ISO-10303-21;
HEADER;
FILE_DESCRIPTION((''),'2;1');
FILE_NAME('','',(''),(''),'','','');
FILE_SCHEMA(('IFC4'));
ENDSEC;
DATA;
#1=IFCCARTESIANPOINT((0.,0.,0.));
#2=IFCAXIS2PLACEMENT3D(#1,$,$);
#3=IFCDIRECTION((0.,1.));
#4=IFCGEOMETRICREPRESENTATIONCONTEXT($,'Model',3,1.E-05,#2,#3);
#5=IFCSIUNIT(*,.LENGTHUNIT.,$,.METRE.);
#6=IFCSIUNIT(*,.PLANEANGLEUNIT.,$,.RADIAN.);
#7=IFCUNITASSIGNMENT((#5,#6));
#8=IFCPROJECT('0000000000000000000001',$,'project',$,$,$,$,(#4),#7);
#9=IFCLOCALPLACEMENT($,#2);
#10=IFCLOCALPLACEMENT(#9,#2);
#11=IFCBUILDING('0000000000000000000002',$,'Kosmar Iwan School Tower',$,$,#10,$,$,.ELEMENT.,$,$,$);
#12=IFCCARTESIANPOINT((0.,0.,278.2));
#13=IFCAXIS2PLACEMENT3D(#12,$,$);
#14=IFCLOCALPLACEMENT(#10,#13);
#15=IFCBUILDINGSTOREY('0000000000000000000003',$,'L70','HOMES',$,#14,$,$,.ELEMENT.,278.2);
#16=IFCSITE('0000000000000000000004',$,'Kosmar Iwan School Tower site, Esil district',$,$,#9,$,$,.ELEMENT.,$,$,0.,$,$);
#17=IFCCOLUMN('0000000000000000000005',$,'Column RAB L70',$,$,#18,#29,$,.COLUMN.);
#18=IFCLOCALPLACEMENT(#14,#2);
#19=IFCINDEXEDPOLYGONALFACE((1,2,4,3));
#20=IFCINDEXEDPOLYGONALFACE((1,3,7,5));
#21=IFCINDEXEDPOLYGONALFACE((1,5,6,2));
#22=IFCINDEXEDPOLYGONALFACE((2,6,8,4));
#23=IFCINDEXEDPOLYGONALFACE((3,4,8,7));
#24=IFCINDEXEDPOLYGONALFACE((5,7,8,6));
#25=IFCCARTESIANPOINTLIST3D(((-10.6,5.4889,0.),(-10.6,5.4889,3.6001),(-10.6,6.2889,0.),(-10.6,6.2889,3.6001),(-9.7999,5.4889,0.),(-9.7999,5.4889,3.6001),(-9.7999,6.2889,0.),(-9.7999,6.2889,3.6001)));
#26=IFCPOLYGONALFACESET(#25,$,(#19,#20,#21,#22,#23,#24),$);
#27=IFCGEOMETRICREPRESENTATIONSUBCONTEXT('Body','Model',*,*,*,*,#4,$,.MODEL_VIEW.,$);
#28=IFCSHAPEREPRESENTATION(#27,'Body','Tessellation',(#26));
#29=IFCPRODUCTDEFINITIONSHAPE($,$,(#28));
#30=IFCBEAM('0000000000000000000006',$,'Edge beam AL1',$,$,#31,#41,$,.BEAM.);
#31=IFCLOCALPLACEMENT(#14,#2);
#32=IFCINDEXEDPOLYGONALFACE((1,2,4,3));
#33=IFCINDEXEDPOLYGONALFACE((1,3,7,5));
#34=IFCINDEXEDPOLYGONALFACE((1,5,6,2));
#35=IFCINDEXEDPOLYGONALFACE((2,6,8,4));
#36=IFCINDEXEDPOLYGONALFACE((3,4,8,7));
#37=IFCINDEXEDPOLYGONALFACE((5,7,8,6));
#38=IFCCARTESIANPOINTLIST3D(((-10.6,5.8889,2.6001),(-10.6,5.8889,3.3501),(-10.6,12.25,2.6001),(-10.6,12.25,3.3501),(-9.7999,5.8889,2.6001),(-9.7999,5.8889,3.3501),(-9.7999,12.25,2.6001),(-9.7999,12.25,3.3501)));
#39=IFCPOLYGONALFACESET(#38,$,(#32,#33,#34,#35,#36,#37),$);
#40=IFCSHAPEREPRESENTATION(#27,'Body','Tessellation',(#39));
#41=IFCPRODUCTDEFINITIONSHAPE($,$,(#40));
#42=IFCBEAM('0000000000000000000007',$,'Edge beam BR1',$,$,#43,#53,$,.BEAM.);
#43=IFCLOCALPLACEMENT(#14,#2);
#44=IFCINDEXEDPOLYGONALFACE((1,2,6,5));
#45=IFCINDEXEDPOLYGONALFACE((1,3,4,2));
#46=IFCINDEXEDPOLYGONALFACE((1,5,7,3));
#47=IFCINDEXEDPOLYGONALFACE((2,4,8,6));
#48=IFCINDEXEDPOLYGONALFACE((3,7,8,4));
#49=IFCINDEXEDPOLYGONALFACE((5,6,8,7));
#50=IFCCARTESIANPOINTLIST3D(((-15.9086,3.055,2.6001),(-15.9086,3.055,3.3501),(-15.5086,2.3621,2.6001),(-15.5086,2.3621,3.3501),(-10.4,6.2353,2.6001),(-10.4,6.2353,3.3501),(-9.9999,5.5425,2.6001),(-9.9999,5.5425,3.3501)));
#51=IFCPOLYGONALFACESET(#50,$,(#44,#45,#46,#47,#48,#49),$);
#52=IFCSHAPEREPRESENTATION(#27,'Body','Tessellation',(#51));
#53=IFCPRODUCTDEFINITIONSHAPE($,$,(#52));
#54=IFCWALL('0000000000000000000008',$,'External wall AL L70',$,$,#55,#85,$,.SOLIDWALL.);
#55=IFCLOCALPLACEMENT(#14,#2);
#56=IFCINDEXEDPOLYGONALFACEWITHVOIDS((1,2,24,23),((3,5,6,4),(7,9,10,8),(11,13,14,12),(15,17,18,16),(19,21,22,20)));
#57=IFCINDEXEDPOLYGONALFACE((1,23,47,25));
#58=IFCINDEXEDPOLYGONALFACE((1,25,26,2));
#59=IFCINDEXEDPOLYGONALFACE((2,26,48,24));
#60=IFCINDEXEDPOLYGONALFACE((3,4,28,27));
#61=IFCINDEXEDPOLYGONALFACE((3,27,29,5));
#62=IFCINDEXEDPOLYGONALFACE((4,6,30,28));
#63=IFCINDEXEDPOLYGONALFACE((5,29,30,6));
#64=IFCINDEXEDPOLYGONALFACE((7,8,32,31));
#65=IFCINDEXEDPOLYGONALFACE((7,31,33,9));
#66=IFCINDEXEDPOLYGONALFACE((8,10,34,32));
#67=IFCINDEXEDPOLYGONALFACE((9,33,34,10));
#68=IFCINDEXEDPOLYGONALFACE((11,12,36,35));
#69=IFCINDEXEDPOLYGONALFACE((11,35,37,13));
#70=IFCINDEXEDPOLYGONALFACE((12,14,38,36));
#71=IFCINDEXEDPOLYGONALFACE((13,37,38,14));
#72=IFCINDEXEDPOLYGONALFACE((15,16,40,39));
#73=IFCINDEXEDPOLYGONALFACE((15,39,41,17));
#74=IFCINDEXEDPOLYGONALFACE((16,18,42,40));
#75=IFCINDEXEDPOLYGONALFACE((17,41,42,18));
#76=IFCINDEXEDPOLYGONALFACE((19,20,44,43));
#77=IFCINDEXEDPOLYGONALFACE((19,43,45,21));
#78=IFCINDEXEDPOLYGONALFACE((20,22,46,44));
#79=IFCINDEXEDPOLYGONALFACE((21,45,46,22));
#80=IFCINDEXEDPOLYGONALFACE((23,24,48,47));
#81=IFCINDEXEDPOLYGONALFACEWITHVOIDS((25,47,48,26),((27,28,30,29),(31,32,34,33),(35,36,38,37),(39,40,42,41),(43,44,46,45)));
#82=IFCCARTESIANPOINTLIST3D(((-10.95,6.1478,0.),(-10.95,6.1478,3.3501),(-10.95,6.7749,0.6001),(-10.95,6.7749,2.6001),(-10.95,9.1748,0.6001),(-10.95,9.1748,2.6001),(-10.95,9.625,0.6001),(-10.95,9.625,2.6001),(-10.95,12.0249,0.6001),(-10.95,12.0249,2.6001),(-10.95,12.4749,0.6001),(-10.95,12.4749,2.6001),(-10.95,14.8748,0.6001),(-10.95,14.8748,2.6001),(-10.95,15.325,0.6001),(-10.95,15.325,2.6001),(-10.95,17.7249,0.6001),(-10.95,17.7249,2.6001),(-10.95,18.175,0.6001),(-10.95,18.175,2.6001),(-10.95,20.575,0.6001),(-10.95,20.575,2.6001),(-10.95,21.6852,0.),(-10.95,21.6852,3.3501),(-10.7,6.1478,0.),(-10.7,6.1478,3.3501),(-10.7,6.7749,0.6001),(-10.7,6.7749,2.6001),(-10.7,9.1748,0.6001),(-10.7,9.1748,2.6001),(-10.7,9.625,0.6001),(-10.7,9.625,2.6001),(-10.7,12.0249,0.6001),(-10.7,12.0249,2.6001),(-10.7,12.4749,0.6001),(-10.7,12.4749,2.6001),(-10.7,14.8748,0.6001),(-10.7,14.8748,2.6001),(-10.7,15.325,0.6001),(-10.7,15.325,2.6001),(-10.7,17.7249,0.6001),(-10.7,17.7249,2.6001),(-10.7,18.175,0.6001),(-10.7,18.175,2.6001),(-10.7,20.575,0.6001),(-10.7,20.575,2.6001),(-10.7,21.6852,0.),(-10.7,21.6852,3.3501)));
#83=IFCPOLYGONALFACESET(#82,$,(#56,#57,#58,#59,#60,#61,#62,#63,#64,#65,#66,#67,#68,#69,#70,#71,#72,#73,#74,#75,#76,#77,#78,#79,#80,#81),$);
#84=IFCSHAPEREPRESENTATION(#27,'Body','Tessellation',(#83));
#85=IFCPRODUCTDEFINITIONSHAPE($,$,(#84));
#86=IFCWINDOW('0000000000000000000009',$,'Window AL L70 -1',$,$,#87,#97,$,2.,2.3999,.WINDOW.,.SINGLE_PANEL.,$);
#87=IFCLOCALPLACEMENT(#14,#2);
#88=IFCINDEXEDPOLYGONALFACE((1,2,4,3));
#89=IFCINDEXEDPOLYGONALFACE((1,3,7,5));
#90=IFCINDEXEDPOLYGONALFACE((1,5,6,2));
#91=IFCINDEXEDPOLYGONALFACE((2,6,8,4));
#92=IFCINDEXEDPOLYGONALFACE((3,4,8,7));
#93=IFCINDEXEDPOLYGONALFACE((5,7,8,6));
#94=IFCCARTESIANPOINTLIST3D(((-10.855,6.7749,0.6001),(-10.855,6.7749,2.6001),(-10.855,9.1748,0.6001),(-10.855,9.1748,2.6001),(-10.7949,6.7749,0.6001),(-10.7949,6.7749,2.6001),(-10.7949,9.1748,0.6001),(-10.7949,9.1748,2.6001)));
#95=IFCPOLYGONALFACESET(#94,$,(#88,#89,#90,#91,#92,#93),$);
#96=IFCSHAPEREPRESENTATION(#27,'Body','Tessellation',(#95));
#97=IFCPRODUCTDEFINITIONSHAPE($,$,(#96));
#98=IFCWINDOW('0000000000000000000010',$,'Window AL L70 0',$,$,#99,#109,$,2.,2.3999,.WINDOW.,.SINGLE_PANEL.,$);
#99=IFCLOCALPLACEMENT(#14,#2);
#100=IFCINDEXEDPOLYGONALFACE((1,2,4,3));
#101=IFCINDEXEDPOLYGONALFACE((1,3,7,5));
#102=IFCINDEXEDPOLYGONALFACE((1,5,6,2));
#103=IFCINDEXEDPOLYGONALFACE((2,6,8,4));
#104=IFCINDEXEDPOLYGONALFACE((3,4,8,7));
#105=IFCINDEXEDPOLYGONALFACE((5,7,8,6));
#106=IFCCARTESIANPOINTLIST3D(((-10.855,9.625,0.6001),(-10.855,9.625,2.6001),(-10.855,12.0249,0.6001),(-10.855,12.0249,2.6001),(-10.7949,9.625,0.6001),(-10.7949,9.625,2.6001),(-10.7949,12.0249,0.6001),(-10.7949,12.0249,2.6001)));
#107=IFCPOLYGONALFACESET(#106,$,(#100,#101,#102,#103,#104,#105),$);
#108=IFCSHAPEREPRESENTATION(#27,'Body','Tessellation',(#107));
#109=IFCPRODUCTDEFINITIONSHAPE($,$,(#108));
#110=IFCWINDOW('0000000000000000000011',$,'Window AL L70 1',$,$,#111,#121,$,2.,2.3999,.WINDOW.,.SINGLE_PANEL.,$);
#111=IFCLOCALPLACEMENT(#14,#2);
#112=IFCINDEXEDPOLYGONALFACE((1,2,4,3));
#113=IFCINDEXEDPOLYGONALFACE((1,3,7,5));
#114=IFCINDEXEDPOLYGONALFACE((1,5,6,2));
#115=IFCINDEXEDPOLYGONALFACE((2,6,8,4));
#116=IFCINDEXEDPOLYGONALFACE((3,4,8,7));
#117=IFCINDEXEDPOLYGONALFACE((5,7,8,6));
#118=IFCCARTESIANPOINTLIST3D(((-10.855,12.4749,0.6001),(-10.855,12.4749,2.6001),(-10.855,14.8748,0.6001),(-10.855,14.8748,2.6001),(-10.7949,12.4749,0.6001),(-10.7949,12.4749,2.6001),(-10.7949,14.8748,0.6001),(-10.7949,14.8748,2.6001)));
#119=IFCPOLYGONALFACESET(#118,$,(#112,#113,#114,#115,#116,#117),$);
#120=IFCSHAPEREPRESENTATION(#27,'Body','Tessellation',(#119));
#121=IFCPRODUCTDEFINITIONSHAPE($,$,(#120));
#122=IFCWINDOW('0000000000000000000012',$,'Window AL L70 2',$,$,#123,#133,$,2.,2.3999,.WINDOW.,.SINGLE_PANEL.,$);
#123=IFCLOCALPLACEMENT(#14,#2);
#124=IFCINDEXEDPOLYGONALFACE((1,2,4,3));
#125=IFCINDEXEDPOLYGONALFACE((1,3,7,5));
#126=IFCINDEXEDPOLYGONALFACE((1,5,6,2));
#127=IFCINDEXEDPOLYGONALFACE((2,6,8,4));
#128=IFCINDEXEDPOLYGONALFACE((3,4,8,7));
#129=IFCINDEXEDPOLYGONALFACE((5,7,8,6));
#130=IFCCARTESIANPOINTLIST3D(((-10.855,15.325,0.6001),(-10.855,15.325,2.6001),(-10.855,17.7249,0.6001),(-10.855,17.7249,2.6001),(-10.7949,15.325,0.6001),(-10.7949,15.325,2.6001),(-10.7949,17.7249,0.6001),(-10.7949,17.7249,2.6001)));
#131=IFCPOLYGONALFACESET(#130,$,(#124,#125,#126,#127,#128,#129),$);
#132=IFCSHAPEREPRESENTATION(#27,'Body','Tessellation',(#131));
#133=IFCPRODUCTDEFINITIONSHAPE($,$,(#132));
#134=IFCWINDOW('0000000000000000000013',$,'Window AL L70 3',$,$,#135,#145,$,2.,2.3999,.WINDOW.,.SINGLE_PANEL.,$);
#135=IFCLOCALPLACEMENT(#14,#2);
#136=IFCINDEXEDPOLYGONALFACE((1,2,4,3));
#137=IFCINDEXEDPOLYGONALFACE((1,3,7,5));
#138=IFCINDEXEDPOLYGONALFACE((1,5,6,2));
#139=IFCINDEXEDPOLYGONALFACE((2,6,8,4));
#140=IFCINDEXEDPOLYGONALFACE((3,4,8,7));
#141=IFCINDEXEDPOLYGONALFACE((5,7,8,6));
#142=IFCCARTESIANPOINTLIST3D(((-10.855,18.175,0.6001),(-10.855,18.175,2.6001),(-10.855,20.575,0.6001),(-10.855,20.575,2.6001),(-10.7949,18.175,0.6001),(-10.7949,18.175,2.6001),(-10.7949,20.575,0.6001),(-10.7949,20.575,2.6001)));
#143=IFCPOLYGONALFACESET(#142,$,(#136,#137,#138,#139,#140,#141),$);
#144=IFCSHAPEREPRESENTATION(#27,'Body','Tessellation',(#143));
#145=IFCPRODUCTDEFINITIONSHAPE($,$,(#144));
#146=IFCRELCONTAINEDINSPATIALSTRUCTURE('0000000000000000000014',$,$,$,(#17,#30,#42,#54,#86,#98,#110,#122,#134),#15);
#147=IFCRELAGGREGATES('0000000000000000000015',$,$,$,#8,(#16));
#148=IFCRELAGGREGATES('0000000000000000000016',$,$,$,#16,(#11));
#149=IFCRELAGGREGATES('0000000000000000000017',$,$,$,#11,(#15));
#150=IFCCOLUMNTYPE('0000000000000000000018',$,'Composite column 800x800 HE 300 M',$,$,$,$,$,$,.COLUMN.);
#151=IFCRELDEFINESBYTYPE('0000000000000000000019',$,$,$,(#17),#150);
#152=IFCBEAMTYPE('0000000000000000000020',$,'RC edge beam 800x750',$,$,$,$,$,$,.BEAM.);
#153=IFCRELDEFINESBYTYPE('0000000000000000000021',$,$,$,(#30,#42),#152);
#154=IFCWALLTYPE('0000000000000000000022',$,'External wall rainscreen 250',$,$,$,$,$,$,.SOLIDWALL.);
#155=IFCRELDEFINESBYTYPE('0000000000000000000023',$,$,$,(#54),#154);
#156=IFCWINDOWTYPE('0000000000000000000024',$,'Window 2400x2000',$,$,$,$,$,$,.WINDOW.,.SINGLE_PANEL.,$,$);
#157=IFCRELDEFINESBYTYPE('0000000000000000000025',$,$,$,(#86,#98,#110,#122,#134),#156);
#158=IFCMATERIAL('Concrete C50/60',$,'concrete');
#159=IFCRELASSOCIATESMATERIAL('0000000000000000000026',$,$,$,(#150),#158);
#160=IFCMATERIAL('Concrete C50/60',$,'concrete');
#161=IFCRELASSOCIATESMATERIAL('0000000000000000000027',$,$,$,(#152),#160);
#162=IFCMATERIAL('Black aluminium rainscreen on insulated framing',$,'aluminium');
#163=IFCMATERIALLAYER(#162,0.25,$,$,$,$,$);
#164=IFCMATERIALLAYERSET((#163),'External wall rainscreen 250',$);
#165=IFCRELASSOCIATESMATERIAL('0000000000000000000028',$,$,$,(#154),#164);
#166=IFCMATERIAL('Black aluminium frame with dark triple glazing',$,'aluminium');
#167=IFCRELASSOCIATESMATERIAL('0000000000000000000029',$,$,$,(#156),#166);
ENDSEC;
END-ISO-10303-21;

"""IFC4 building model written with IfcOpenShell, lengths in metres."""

from ifc_helpers import new_model, si_unit, direction, frame, frame_2d, origin, origin_2d, place, context, subcontext, project, spatial, rectangle, extrude, material, layer, layer_set, material_profile, profile_set, type_object, element, fill, save


model = new_model("IFC4")

# Units and contexts
model_context = context("Model", 3, precision=1e-05, world=origin(), true_north=direction((0.0, 1.0)))
body_context = subcontext(model_context, "Body", "Model", "MODEL_VIEW")
ifc_project = project(units=[si_unit("LENGTHUNIT", "METRE"), si_unit("PLANEANGLEUNIT", "RADIAN")], contexts=[model_context])

# Site, building, storey
site_placement = place(None, origin())
site = spatial("IfcSite", under=ifc_project, at=site_placement, Name="Kosmar Iwan School Tower site, Esil district", CompositionType="ELEMENT", RefElevation=0.0)
building_placement = place(site_placement, origin())
building = spatial("IfcBuilding", under=site, at=building_placement, Name="Kosmar Iwan School Tower", CompositionType="ELEMENT")
storey_placement = place(building_placement, frame((0.0, 0.0, 278.2)))
storey = spatial("IfcBuildingStorey", under=building, at=storey_placement, Name="L70", Description="HOMES", CompositionType="ELEMENT", Elevation=278.2)

# Column
ifc_material_1 = material(Name="Concrete C50/60", Category="concrete")
ifc_material_profile_1 = material_profile(ifc_material_1, rectangle(XDim=0.8, YDim=0.8, at=origin_2d()), Name="RC 800x800 + HE 300 M")
ifc_profile_set_1 = profile_set([ifc_material_profile_1], Name="Concrete C50/60")
column_type = type_object("IfcColumnType", Name="Composite column 800x800 HE 300 M", PredefinedType="COLUMN", material=ifc_profile_set_1)
column_placement = place(storey_placement, frame((-10.2, 5.8889, 0.0), z_axis=(0.0, 0.0, 1.0), x_axis=(1.0, 0.0, 0.0)))
element("IfcColumn", 1, at=column_placement, inside=storey, type_object=column_type, Name="Column RAB L70", PredefinedType="COLUMN", context=body_context, shape_type="SweptSolid", body=[
    extrude(rectangle(XDim=0.8, YDim=0.8, at=origin_2d()), origin(), (0.0, 0.0, 1.0), 3.6001),
])

# Beams
ifc_material_2 = material(Name="Concrete C50/60", Category="concrete")
ifc_material_profile_2 = material_profile(ifc_material_2, rectangle(XDim=0.8, YDim=0.75, at=origin_2d()), Name="RC 800x750")
ifc_profile_set_2 = profile_set([ifc_material_profile_2], Name="Concrete C50/60")
beam_type = type_object("IfcBeamType", Name="RC edge beam 800x750", PredefinedType="BEAM", material=ifc_profile_set_2)
beam_1_placement = place(storey_placement, frame((-10.2, 5.8889, 2.9751), z_axis=(0.0, 1.0, 0.0), x_axis=(-1.0, 0.0, 0.0)))
element("IfcBeam", 2, at=beam_1_placement, inside=storey, type_object=beam_type, Name="Edge beam AL1", PredefinedType="BEAM", context=body_context, shape_type="SweptSolid", body=[
    extrude(rectangle(XDim=0.8, YDim=0.75, at=origin_2d()), origin(), (0.0, 0.0, 1.0), 6.3611),
])
beam_2_placement = place(storey_placement, frame((-10.2, 5.8889, 2.9751), z_axis=(-0.866031, -0.49999, 0.0), x_axis=(0.49999, -0.866031, 0.0)))
element("IfcBeam", 3, at=beam_2_placement, inside=storey, type_object=beam_type, Name="Edge beam BR1", PredefinedType="BEAM", context=body_context, shape_type="SweptSolid", body=[
    extrude(rectangle(XDim=0.8, YDim=0.75, at=origin_2d()), origin(), (0.0, 0.0, 1.0), 6.3608),
])

# Wall, openings, windows
ifc_material_3 = material(Name="Black aluminium rainscreen on insulated framing", Category="aluminium")
ifc_layer = layer(ifc_material_3, 0.25)
ifc_layer_set = layer_set([ifc_layer], Name="External wall rainscreen 250")
wall_type = type_object("IfcWallType", Name="External wall rainscreen 250", PredefinedType="SOLIDWALL", material=ifc_layer_set)
wall_1_placement = place(storey_placement, frame((-10.825, 6.1479, 0.0), z_axis=(0.0, 0.0, 1.0), x_axis=(0.0, 1.0, 0.0)))
wall_1 = element("IfcWall", 4, at=wall_1_placement, inside=storey, type_object=wall_type, Name="External wall AL L70", PredefinedType="SOLIDWALL", context=body_context, shape_type="SweptSolid", body=[
    extrude(rectangle(XDim=15.5374, YDim=0.25, at=frame_2d((7.7686, 0.0))), origin(), (0.0, 0.0, 1.0), 3.3501),
])
opening_1_placement = place(wall_1_placement, frame((0.627, 0.0, 0.6001)))
opening_1 = element("IfcOpeningElement", 5, at=opening_1_placement, cuts=wall_1, PredefinedType="OPENING", context=body_context, shape_type="SweptSolid", body=[
    extrude(rectangle(XDim=2.3999, YDim=2.0, at=frame_2d((1.2, 1.0))), frame((0.0, 0.137, 0.0), z_axis=(0.0, -1.0, 0.0), x_axis=(1.0, 0.0, 0.0)), (0.0, 0.0, 1.0), 0.2739),
])
opening_2_placement = place(wall_1_placement, frame((3.4771, 0.0, 0.6001)))
opening_2 = element("IfcOpeningElement", 6, at=opening_2_placement, cuts=wall_1, PredefinedType="OPENING", context=body_context, shape_type="SweptSolid", body=[
    extrude(rectangle(XDim=2.3999, YDim=2.0, at=frame_2d((1.2, 1.0))), frame((0.0, 0.137, 0.0), z_axis=(0.0, -1.0, 0.0), x_axis=(1.0, 0.0, 0.0)), (0.0, 0.0, 1.0), 0.2739),
])
opening_3_placement = place(wall_1_placement, frame((6.3269, 0.0, 0.6001)))
opening_3 = element("IfcOpeningElement", 7, at=opening_3_placement, cuts=wall_1, PredefinedType="OPENING", context=body_context, shape_type="SweptSolid", body=[
    extrude(rectangle(XDim=2.3999, YDim=2.0, at=frame_2d((1.2, 1.0))), frame((0.0, 0.137, 0.0), z_axis=(0.0, -1.0, 0.0), x_axis=(1.0, 0.0, 0.0)), (0.0, 0.0, 1.0), 0.2739),
])
opening_4_placement = place(wall_1_placement, frame((9.177, 0.0, 0.6001)))
opening_4 = element("IfcOpeningElement", 8, at=opening_4_placement, cuts=wall_1, PredefinedType="OPENING", context=body_context, shape_type="SweptSolid", body=[
    extrude(rectangle(XDim=2.3999, YDim=2.0, at=frame_2d((1.2, 1.0))), frame((0.0, 0.137, 0.0), z_axis=(0.0, -1.0, 0.0), x_axis=(1.0, 0.0, 0.0)), (0.0, 0.0, 1.0), 0.2739),
])
opening_5_placement = place(wall_1_placement, frame((12.0271, 0.0, 0.6001)))
opening_5 = element("IfcOpeningElement", 9, at=opening_5_placement, cuts=wall_1, PredefinedType="OPENING", context=body_context, shape_type="SweptSolid", body=[
    extrude(rectangle(XDim=2.3999, YDim=2.0, at=frame_2d((1.2, 1.0))), frame((0.0, 0.137, 0.0), z_axis=(0.0, -1.0, 0.0), x_axis=(1.0, 0.0, 0.0)), (0.0, 0.0, 1.0), 0.2739),
])
ifc_material_4 = material(Name="Black aluminium frame with dark triple glazing", Category="aluminium")
window_type = type_object("IfcWindowType", Name="Window 2400x2000", PartitioningType="SINGLE_PANEL", PredefinedType="WINDOW", material=ifc_material_4)
window_1_placement = place(opening_1_placement, origin())
window_1 = element("IfcWindow", 10, at=window_1_placement, inside=storey, type_object=window_type, Name="Window AL L70 -1", OverallHeight=2.0, OverallWidth=2.3999, PartitioningType="SINGLE_PANEL", PredefinedType="WINDOW", context=body_context, shape_type="SweptSolid", body=[
    extrude(rectangle(XDim=2.3999, YDim=2.0, at=frame_2d((1.2, 1.0))), frame((0.0, 0.03, 0.0), z_axis=(0.0, -1.0, 0.0), x_axis=(1.0, 0.0, 0.0)), (0.0, 0.0, 1.0), 0.0601),
])
fill(opening_1, window_1)
window_2_placement = place(opening_2_placement, origin())
window_2 = element("IfcWindow", 11, at=window_2_placement, inside=storey, type_object=window_type, Name="Window AL L70 0", OverallHeight=2.0, OverallWidth=2.3999, PartitioningType="SINGLE_PANEL", PredefinedType="WINDOW", context=body_context, shape_type="SweptSolid", body=[
    extrude(rectangle(XDim=2.3999, YDim=2.0, at=frame_2d((1.2, 1.0))), frame((0.0, 0.03, 0.0), z_axis=(0.0, -1.0, 0.0), x_axis=(1.0, 0.0, 0.0)), (0.0, 0.0, 1.0), 0.0601),
])
fill(opening_2, window_2)
window_3_placement = place(opening_3_placement, origin())
window_3 = element("IfcWindow", 12, at=window_3_placement, inside=storey, type_object=window_type, Name="Window AL L70 1", OverallHeight=2.0, OverallWidth=2.3999, PartitioningType="SINGLE_PANEL", PredefinedType="WINDOW", context=body_context, shape_type="SweptSolid", body=[
    extrude(rectangle(XDim=2.3999, YDim=2.0, at=frame_2d((1.2, 1.0))), frame((0.0, 0.03, 0.0), z_axis=(0.0, -1.0, 0.0), x_axis=(1.0, 0.0, 0.0)), (0.0, 0.0, 1.0), 0.0601),
])
fill(opening_3, window_3)
window_4_placement = place(opening_4_placement, origin())
window_4 = element("IfcWindow", 13, at=window_4_placement, inside=storey, type_object=window_type, Name="Window AL L70 2", OverallHeight=2.0, OverallWidth=2.3999, PartitioningType="SINGLE_PANEL", PredefinedType="WINDOW", context=body_context, shape_type="SweptSolid", body=[
    extrude(rectangle(XDim=2.3999, YDim=2.0, at=frame_2d((1.2, 1.0))), frame((0.0, 0.03, 0.0), z_axis=(0.0, -1.0, 0.0), x_axis=(1.0, 0.0, 0.0)), (0.0, 0.0, 1.0), 0.0601),
])
fill(opening_4, window_4)
window_5_placement = place(opening_5_placement, origin())
window_5 = element("IfcWindow", 14, at=window_5_placement, inside=storey, type_object=window_type, Name="Window AL L70 3", OverallHeight=2.0, OverallWidth=2.3999, PartitioningType="SINGLE_PANEL", PredefinedType="WINDOW", context=body_context, shape_type="SweptSolid", body=[
    extrude(rectangle(XDim=2.3999, YDim=2.0, at=frame_2d((1.2, 1.0))), frame((0.0, 0.03, 0.0), z_axis=(0.0, -1.0, 0.0), x_axis=(1.0, 0.0, 0.0)), (0.0, 0.0, 1.0), 0.0601),
])
fill(opening_5, window_5)

save(model, "model.ifc")
